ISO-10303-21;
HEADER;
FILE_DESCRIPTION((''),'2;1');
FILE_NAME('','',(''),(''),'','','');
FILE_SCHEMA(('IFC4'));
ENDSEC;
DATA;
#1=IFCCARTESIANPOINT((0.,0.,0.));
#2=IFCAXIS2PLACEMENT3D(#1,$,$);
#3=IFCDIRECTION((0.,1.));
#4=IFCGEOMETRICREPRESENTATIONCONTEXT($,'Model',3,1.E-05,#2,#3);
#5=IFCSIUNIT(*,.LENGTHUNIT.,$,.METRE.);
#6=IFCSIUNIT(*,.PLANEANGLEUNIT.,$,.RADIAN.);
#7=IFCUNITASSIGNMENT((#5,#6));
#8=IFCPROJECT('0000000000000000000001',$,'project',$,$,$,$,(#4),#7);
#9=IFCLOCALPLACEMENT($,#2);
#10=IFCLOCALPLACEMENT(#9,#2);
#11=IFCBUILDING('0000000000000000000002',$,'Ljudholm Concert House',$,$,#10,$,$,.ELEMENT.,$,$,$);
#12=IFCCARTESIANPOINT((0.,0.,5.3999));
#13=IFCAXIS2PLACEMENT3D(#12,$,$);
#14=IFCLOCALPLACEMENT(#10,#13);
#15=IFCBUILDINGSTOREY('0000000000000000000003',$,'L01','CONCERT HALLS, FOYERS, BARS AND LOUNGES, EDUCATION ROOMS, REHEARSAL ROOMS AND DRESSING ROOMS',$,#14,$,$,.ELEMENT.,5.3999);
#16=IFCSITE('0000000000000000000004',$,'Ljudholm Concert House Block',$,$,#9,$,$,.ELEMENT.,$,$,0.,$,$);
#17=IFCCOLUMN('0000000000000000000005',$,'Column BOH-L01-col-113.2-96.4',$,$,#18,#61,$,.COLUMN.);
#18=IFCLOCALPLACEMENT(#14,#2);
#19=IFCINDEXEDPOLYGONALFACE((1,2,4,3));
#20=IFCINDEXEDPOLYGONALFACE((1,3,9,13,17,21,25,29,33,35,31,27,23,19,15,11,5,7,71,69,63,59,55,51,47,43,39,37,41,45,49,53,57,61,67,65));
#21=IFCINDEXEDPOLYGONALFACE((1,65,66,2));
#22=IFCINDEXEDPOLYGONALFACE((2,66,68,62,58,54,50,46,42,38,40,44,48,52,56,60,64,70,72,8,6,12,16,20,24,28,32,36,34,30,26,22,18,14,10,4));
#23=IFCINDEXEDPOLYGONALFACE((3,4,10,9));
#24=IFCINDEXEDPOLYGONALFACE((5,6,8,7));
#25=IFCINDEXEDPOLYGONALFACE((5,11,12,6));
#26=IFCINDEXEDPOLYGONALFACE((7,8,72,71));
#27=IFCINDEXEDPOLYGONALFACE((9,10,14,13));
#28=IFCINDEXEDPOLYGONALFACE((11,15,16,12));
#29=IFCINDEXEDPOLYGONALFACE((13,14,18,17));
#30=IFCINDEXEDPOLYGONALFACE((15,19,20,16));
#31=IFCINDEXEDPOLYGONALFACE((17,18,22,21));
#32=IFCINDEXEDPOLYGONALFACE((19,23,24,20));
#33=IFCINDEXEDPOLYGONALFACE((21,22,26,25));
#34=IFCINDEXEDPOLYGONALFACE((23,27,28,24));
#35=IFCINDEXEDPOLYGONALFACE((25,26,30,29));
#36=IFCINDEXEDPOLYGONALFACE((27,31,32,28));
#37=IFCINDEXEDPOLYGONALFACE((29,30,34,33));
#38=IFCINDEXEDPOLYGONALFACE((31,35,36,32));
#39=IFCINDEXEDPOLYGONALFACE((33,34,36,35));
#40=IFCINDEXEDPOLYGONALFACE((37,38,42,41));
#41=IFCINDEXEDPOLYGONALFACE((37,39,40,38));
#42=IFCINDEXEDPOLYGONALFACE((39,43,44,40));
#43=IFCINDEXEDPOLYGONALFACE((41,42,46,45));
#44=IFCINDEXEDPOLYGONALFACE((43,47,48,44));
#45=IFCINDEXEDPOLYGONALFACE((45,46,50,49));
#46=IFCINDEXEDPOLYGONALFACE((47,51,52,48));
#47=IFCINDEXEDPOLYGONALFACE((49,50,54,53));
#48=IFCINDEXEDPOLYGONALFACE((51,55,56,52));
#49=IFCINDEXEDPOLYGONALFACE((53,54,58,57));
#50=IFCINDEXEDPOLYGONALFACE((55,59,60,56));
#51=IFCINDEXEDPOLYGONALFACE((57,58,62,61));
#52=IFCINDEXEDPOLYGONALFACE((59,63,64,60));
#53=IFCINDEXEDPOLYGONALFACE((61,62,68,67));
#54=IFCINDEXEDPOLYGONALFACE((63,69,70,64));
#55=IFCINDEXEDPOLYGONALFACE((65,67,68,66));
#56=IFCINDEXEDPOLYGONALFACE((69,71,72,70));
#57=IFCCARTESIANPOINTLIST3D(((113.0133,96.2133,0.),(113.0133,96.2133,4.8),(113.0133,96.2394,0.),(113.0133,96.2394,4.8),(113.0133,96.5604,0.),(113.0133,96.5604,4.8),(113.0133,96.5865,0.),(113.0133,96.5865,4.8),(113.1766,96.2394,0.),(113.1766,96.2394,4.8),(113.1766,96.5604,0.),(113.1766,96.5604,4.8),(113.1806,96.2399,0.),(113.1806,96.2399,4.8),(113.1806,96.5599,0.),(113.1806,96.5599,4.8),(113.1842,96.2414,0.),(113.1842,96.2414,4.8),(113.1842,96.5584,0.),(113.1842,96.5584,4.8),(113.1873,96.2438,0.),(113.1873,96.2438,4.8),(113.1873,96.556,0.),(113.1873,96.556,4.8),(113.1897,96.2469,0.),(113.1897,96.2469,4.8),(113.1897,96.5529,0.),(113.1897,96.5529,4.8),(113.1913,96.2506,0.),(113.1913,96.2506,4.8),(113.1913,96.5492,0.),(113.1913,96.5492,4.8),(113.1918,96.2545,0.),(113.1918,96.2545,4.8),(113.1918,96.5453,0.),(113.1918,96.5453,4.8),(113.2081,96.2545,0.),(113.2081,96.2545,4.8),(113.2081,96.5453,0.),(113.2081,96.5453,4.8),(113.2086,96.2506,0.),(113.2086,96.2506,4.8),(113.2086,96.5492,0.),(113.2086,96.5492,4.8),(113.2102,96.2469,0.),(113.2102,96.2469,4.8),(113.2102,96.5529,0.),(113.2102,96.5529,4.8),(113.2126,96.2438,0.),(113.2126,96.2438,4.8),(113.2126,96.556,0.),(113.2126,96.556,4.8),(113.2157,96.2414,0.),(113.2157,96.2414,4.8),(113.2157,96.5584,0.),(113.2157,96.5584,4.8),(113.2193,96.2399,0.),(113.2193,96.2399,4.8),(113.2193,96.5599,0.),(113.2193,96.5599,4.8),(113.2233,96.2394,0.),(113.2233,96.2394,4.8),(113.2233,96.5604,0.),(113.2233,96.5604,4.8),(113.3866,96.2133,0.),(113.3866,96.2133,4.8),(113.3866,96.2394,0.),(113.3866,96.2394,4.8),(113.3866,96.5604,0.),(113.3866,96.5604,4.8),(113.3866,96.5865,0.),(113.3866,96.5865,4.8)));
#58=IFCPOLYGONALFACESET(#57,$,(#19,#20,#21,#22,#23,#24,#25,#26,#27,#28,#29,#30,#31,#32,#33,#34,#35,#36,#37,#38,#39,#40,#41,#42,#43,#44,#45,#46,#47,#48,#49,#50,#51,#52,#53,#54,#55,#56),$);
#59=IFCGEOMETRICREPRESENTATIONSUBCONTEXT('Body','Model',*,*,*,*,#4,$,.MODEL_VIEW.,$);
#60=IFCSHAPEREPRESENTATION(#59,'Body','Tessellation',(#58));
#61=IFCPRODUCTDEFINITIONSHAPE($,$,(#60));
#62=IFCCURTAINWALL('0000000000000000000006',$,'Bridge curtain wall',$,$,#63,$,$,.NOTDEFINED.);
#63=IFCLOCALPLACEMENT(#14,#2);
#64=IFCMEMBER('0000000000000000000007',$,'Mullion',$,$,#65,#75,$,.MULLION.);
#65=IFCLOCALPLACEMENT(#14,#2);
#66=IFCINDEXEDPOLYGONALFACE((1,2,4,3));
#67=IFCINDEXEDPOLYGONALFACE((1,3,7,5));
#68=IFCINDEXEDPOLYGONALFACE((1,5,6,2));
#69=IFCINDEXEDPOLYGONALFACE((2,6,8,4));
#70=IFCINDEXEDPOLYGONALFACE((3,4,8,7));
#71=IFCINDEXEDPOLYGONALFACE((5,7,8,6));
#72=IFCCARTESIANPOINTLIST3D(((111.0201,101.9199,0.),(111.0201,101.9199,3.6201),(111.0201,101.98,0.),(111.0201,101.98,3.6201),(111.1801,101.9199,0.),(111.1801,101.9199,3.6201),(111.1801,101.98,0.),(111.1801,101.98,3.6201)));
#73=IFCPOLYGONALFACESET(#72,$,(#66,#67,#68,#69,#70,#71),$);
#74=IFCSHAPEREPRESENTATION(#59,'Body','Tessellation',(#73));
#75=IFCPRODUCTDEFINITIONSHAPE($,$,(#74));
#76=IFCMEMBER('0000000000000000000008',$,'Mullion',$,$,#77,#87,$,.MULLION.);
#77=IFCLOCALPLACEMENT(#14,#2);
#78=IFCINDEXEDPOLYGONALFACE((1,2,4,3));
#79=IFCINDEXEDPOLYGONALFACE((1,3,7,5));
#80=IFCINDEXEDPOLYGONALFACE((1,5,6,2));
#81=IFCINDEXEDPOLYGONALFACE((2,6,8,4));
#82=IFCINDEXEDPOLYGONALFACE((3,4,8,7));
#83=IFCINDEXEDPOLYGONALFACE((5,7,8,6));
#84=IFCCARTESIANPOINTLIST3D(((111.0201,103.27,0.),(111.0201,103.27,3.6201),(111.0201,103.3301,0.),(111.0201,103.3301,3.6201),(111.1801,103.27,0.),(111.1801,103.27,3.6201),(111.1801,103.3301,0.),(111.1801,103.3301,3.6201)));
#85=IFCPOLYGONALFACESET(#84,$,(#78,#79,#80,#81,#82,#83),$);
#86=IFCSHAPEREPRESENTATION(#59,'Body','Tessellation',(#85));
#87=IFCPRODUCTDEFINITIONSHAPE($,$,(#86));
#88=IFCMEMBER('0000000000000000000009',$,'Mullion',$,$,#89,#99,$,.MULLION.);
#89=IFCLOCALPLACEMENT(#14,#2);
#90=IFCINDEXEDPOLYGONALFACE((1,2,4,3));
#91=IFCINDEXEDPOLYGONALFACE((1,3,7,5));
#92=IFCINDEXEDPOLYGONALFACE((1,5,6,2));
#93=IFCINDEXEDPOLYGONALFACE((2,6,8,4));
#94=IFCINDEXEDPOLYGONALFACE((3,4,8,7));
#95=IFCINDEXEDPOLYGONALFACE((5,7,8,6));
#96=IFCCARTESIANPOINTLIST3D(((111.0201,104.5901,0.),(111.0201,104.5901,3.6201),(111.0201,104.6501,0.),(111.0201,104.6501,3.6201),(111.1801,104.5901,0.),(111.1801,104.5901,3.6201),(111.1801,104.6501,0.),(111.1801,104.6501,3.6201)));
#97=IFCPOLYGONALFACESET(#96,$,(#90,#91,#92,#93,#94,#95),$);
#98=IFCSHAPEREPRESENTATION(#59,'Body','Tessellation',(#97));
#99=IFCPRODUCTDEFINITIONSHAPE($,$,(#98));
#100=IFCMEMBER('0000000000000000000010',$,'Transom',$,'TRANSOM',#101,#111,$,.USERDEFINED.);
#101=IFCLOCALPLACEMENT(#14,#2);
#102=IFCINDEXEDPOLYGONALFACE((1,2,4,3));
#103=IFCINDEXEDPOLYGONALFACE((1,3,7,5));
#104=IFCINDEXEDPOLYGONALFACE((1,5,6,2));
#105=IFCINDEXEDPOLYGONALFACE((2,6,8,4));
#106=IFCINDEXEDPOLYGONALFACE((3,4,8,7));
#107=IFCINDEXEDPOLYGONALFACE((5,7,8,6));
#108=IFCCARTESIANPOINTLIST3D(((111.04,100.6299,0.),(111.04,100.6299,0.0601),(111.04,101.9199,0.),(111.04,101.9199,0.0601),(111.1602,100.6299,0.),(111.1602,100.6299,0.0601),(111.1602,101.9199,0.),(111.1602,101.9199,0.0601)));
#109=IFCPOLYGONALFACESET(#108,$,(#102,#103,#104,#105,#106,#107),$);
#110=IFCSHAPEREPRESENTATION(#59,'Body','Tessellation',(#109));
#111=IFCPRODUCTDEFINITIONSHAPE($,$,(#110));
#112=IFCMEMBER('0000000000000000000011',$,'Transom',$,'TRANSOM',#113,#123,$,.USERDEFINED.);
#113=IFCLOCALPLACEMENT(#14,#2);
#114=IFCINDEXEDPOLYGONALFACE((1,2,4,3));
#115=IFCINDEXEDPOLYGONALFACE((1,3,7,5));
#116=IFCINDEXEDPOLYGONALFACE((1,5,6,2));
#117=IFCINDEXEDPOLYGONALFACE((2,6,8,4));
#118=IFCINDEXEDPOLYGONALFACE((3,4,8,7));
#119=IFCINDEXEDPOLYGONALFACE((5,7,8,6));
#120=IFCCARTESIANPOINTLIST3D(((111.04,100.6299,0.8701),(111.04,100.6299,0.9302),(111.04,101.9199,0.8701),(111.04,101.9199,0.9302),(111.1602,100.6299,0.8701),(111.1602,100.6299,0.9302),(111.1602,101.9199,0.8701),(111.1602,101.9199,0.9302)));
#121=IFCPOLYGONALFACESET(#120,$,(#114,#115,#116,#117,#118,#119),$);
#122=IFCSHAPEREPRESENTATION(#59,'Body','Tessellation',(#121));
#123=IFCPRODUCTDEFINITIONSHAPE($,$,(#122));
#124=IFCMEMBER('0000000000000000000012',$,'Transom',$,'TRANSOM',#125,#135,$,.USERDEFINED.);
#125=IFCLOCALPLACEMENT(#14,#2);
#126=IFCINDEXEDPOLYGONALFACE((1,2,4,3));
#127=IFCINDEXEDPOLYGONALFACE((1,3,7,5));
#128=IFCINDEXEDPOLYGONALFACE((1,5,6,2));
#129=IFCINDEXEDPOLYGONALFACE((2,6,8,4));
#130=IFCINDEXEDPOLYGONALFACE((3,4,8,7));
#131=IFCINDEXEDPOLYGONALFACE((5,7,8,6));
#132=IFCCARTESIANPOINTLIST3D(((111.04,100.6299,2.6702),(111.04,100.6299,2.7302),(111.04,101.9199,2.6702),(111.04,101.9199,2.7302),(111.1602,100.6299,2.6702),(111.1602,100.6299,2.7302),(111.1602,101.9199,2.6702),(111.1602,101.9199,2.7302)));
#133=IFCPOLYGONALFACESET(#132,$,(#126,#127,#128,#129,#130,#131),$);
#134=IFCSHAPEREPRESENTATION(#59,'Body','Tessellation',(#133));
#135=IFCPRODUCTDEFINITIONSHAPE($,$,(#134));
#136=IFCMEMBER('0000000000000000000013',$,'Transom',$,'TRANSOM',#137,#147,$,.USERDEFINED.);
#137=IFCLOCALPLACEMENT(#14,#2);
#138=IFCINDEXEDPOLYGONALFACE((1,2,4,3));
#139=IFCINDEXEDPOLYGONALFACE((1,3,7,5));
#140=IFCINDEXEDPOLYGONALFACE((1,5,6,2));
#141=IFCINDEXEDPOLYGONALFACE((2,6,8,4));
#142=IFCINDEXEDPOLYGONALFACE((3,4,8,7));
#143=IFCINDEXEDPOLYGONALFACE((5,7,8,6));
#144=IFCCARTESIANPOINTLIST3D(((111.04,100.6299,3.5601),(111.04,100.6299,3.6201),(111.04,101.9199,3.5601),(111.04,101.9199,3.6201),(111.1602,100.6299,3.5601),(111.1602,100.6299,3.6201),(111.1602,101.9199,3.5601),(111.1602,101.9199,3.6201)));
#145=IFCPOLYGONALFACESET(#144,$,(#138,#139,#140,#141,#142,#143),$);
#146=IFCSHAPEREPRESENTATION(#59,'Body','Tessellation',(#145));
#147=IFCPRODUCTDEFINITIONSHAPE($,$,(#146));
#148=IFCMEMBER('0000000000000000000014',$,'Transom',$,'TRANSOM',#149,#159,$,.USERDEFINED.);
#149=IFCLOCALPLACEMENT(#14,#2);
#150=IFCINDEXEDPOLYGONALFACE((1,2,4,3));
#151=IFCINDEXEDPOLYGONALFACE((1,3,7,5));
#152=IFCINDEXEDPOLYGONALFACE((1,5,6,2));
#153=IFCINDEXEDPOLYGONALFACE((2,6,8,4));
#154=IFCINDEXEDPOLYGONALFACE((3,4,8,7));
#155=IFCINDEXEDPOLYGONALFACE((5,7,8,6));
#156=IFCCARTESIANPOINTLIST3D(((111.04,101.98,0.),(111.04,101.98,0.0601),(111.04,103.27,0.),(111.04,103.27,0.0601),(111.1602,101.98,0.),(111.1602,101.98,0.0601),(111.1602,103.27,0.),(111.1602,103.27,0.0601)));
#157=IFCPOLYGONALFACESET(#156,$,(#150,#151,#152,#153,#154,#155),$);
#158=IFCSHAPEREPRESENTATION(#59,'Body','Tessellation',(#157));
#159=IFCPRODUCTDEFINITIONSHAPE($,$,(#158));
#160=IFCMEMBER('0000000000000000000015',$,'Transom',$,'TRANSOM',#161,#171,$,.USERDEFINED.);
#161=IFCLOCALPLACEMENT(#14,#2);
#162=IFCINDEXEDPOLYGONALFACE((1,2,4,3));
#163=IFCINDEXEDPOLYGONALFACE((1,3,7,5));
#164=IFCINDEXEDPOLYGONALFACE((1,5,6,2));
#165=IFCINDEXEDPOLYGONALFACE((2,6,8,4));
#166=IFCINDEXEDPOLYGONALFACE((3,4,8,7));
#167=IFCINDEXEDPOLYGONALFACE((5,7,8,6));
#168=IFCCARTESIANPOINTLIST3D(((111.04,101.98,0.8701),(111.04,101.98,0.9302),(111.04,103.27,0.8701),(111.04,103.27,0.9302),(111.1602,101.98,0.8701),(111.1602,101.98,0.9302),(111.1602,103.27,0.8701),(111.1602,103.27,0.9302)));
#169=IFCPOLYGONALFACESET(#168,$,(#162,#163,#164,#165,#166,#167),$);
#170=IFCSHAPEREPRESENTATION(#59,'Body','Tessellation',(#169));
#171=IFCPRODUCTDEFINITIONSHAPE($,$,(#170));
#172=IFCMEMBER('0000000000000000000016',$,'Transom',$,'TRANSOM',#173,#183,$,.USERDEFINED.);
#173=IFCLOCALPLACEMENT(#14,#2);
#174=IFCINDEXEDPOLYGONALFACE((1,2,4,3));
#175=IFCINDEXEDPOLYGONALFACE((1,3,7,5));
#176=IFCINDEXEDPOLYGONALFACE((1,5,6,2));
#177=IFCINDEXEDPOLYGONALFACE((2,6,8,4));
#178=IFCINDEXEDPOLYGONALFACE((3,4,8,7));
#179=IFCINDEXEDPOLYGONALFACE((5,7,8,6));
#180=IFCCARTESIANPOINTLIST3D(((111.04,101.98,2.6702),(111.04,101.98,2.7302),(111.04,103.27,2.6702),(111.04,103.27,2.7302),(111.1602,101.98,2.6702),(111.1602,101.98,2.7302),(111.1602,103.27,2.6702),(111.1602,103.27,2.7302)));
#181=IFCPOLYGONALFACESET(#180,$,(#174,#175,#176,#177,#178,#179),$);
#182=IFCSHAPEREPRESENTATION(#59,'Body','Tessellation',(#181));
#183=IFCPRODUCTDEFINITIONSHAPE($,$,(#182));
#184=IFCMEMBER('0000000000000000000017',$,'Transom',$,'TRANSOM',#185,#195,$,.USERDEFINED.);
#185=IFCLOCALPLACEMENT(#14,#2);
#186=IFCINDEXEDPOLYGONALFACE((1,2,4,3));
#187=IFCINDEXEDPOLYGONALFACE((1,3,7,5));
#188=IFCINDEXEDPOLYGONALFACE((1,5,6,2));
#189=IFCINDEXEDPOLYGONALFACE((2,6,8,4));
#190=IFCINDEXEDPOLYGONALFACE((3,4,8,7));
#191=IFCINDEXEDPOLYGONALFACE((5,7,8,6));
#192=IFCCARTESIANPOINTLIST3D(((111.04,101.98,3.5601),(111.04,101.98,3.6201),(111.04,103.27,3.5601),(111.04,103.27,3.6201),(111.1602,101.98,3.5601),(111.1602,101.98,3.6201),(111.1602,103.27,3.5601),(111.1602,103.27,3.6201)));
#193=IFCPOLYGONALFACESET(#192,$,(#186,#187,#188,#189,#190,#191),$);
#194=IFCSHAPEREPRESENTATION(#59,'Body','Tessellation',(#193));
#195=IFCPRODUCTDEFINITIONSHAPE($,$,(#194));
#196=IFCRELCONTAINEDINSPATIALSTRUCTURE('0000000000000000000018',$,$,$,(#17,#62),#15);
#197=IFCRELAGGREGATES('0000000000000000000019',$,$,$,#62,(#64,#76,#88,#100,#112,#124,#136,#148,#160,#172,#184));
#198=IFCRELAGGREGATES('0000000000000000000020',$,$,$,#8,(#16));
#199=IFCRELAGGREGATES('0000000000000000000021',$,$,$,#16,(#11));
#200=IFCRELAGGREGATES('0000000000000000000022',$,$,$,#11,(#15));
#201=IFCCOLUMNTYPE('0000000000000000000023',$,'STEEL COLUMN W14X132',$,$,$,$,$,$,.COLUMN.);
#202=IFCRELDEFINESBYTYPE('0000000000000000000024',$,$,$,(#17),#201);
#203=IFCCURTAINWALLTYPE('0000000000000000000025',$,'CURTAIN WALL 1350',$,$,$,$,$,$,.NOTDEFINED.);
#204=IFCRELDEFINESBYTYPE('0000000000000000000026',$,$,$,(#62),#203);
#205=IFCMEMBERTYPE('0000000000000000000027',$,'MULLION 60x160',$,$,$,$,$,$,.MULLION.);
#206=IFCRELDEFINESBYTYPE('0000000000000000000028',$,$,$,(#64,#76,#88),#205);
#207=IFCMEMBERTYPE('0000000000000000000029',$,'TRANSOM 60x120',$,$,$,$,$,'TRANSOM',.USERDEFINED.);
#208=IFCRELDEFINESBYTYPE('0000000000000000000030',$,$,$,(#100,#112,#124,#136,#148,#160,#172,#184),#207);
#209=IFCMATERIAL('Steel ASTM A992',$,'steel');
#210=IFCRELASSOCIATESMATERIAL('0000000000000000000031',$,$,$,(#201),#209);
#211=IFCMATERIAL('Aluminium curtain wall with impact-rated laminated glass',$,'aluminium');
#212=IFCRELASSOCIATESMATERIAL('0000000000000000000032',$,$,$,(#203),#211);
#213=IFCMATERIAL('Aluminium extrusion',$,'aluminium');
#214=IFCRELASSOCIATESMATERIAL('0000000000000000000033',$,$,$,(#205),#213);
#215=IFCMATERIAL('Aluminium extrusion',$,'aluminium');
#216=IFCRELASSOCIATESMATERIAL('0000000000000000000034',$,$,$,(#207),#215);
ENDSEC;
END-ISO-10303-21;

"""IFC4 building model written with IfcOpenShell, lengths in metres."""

from ifc_helpers import new_model, si_unit, direction, frame, origin, origin_2d, place, context, subcontext, project, spatial, rectangle, i_section, extrude, material, material_profile, profile_set, type_object, element, aggregate, save


model = new_model("IFC4")

# Units and contexts
model_context = context("Model", 3, precision=1e-05, world=origin(), true_north=direction((0.0, 1.0)))
body_context = subcontext(model_context, "Body", "Model", "MODEL_VIEW")
ifc_project = project(units=[si_unit("LENGTHUNIT", "METRE"), si_unit("PLANEANGLEUNIT", "RADIAN")], contexts=[model_context])

# Site, building, storey
site_placement = place(None, origin())
site = spatial("IfcSite", under=ifc_project, at=site_placement, Name="Ljudholm Concert House Block", CompositionType="ELEMENT", RefElevation=0.0)
building_placement = place(site_placement, origin())
building = spatial("IfcBuilding", under=site, at=building_placement, Name="Ljudholm Concert House", CompositionType="ELEMENT")
storey_placement = place(building_placement, frame((0.0, 0.0, 5.3999)))
storey = spatial("IfcBuildingStorey", under=building, at=storey_placement, Name="L01", Description="CONCERT HALLS, FOYERS, BARS AND LOUNGES, EDUCATION ROOMS, REHEARSAL ROOMS AND DRESSING ROOMS", CompositionType="ELEMENT", Elevation=5.3999)

# Column
ifc_material_1 = material(Name="Steel ASTM A992", Category="steel")
ifc_material_profile_1 = material_profile(ifc_material_1, i_section(OverallWidth=0.3733, OverallDepth=0.3733, WebThickness=0.0164, FlangeThickness=0.0261, FilletRadius=0.0151, at=origin_2d()), Name="W14X132")
ifc_profile_set_1 = profile_set([ifc_material_profile_1], Name="Steel ASTM A992")
column_type = type_object("IfcColumnType", Name="STEEL COLUMN W14X132", PredefinedType="COLUMN", material=ifc_profile_set_1)
column_placement = place(storey_placement, frame((113.2, 96.3999, 0.0), z_axis=(0.0, 0.0, 1.0), x_axis=(1.0, 0.0, 0.0)))
element("IfcColumn", 1, at=column_placement, inside=storey, type_object=column_type, Name="Column BOH-L01-col-113.2-96.4", PredefinedType="COLUMN", context=body_context, shape_type="SweptSolid", body=[
    extrude(i_section(OverallWidth=0.3733, OverallDepth=0.3733, WebThickness=0.0164, FlangeThickness=0.0261, FilletRadius=0.0151, at=origin_2d()), origin(), (0.0, 0.0, 1.0), 4.8),
])

# Curtain wall, members
ifc_material_2 = material(Name="Aluminium curtain wall with impact-rated laminated glass", Category="aluminium")
curtain_wall_type = type_object("IfcCurtainWallType", Name="CURTAIN WALL 1350", PredefinedType="NOTDEFINED", material=ifc_material_2)
curtain_wall_placement = place(storey_placement, origin())
curtain_wall = element("IfcCurtainWall", 2, at=curtain_wall_placement, inside=storey, type_object=curtain_wall_type, Name="Bridge curtain wall", PredefinedType="NOTDEFINED")
ifc_material_3 = material(Name="Aluminium extrusion", Category="aluminium")
ifc_material_profile_2 = material_profile(ifc_material_3, rectangle(XDim=0.1599, YDim=0.0601, at=origin_2d()), Name="MULLION 60x160")
ifc_profile_set_2 = profile_set([ifc_material_profile_2], Name="Aluminium extrusion")
member_type_1 = type_object("IfcMemberType", Name="MULLION 60x160", PredefinedType="MULLION", material=ifc_profile_set_2)
member_1_placement = place(storey_placement, frame((111.1001, 101.95, 0.0), z_axis=(0.0, 0.0, 1.0), x_axis=(-1.0, 0.0, 0.0)))
member_1 = element("IfcMember", 3, at=member_1_placement, type_object=member_type_1, Name="Mullion", PredefinedType="MULLION", context=body_context, shape_type="SweptSolid", body=[
    extrude(rectangle(XDim=0.1599, YDim=0.0601, at=origin_2d()), origin(), (0.0, 0.0, 1.0), 3.6201),
])
member_2_placement = place(storey_placement, frame((111.1001, 103.3, 0.0), z_axis=(0.0, 0.0, 1.0), x_axis=(-1.0, 0.0, 0.0)))
member_2 = element("IfcMember", 4, at=member_2_placement, type_object=member_type_1, Name="Mullion", PredefinedType="MULLION", context=body_context, shape_type="SweptSolid", body=[
    extrude(rectangle(XDim=0.1599, YDim=0.0601, at=origin_2d()), origin(), (0.0, 0.0, 1.0), 3.6201),
])
member_3_placement = place(storey_placement, frame((111.1001, 104.6201, 0.0), z_axis=(0.0, 0.0, 1.0), x_axis=(-1.0, 0.0, 0.0)))
member_3 = element("IfcMember", 5, at=member_3_placement, type_object=member_type_1, Name="Mullion", PredefinedType="MULLION", context=body_context, shape_type="SweptSolid", body=[
    extrude(rectangle(XDim=0.1599, YDim=0.0601, at=origin_2d()), origin(), (0.0, 0.0, 1.0), 3.6201),
])
ifc_material_4 = material(Name="Aluminium extrusion", Category="aluminium")
ifc_material_profile_3 = material_profile(ifc_material_4, rectangle(XDim=0.1201, YDim=0.0601, at=origin_2d()), Name="TRANSOM 60x120")
ifc_profile_set_3 = profile_set([ifc_material_profile_3], Name="Aluminium extrusion")
member_type_2 = type_object("IfcMemberType", Name="TRANSOM 60x120", ElementType="TRANSOM", PredefinedType="USERDEFINED", material=ifc_profile_set_3)
member_4_placement = place(storey_placement, frame((111.1001, 100.6299, 0.03), z_axis=(0.0, 1.0, 0.0), x_axis=(-1.0, 0.0, 0.0)))
member_4 = element("IfcMember", 6, at=member_4_placement, type_object=member_type_2, Name="Transom", ObjectType="TRANSOM", PredefinedType="USERDEFINED", context=body_context, shape_type="SweptSolid", body=[
    extrude(rectangle(XDim=0.1201, YDim=0.0601, at=origin_2d()), origin(), (0.0, 0.0, 1.0), 1.29),
])
member_5_placement = place(storey_placement, frame((111.1001, 100.6299, 0.9001), z_axis=(0.0, 1.0, 0.0), x_axis=(-1.0, 0.0, 0.0)))
member_5 = element("IfcMember", 7, at=member_5_placement, type_object=member_type_2, Name="Transom", ObjectType="TRANSOM", PredefinedType="USERDEFINED", context=body_context, shape_type="SweptSolid", body=[
    extrude(rectangle(XDim=0.1201, YDim=0.0601, at=origin_2d()), origin(), (0.0, 0.0, 1.0), 1.29),
])
member_6_placement = place(storey_placement, frame((111.1001, 100.6299, 2.7002), z_axis=(0.0, 1.0, 0.0), x_axis=(-1.0, 0.0, 0.0)))
member_6 = element("IfcMember", 8, at=member_6_placement, type_object=member_type_2, Name="Transom", ObjectType="TRANSOM", PredefinedType="USERDEFINED", context=body_context, shape_type="SweptSolid", body=[
    extrude(rectangle(XDim=0.1201, YDim=0.0601, at=origin_2d()), origin(), (0.0, 0.0, 1.0), 1.29),
])
member_7_placement = place(storey_placement, frame((111.1001, 100.6299, 3.5901), z_axis=(0.0, 1.0, 0.0), x_axis=(-1.0, 0.0, 0.0)))
member_7 = element("IfcMember", 9, at=member_7_placement, type_object=member_type_2, Name="Transom", ObjectType="TRANSOM", PredefinedType="USERDEFINED", context=body_context, shape_type="SweptSolid", body=[
    extrude(rectangle(XDim=0.1201, YDim=0.0601, at=origin_2d()), origin(), (0.0, 0.0, 1.0), 1.29),
])
member_8_placement = place(storey_placement, frame((111.1001, 101.98, 0.03), z_axis=(0.0, 1.0, 0.0), x_axis=(-1.0, 0.0, 0.0)))
member_8 = element("IfcMember", 10, at=member_8_placement, type_object=member_type_2, Name="Transom", ObjectType="TRANSOM", PredefinedType="USERDEFINED", context=body_context, shape_type="SweptSolid", body=[
    extrude(rectangle(XDim=0.1201, YDim=0.0601, at=origin_2d()), origin(), (0.0, 0.0, 1.0), 1.29),
])
member_9_placement = place(storey_placement, frame((111.1001, 101.98, 0.9001), z_axis=(0.0, 1.0, 0.0), x_axis=(-1.0, 0.0, 0.0)))
member_9 = element("IfcMember", 11, at=member_9_placement, type_object=member_type_2, Name="Transom", ObjectType="TRANSOM", PredefinedType="USERDEFINED", context=body_context, shape_type="SweptSolid", body=[
    extrude(rectangle(XDim=0.1201, YDim=0.0601, at=origin_2d()), origin(), (0.0, 0.0, 1.0), 1.29),
])
member_10_placement = place(storey_placement, frame((111.1001, 101.98, 2.7002), z_axis=(0.0, 1.0, 0.0), x_axis=(-1.0, 0.0, 0.0)))
member_10 = element("IfcMember", 12, at=member_10_placement, type_object=member_type_2, Name="Transom", ObjectType="TRANSOM", PredefinedType="USERDEFINED", context=body_context, shape_type="SweptSolid", body=[
    extrude(rectangle(XDim=0.1201, YDim=0.0601, at=origin_2d()), origin(), (0.0, 0.0, 1.0), 1.29),
])
member_11_placement = place(storey_placement, frame((111.1001, 101.98, 3.5901), z_axis=(0.0, 1.0, 0.0), x_axis=(-1.0, 0.0, 0.0)))
member_11 = element("IfcMember", 13, at=member_11_placement, type_object=member_type_2, Name="Transom", ObjectType="TRANSOM", PredefinedType="USERDEFINED", context=body_context, shape_type="SweptSolid", body=[
    extrude(rectangle(XDim=0.1201, YDim=0.0601, at=origin_2d()), origin(), (0.0, 0.0, 1.0), 1.29),
])
aggregate(curtain_wall, [member_1, member_2, member_3, member_4, member_5, member_6, member_7, member_8, member_9, member_10, member_11])

save(model, "model.ifc")
